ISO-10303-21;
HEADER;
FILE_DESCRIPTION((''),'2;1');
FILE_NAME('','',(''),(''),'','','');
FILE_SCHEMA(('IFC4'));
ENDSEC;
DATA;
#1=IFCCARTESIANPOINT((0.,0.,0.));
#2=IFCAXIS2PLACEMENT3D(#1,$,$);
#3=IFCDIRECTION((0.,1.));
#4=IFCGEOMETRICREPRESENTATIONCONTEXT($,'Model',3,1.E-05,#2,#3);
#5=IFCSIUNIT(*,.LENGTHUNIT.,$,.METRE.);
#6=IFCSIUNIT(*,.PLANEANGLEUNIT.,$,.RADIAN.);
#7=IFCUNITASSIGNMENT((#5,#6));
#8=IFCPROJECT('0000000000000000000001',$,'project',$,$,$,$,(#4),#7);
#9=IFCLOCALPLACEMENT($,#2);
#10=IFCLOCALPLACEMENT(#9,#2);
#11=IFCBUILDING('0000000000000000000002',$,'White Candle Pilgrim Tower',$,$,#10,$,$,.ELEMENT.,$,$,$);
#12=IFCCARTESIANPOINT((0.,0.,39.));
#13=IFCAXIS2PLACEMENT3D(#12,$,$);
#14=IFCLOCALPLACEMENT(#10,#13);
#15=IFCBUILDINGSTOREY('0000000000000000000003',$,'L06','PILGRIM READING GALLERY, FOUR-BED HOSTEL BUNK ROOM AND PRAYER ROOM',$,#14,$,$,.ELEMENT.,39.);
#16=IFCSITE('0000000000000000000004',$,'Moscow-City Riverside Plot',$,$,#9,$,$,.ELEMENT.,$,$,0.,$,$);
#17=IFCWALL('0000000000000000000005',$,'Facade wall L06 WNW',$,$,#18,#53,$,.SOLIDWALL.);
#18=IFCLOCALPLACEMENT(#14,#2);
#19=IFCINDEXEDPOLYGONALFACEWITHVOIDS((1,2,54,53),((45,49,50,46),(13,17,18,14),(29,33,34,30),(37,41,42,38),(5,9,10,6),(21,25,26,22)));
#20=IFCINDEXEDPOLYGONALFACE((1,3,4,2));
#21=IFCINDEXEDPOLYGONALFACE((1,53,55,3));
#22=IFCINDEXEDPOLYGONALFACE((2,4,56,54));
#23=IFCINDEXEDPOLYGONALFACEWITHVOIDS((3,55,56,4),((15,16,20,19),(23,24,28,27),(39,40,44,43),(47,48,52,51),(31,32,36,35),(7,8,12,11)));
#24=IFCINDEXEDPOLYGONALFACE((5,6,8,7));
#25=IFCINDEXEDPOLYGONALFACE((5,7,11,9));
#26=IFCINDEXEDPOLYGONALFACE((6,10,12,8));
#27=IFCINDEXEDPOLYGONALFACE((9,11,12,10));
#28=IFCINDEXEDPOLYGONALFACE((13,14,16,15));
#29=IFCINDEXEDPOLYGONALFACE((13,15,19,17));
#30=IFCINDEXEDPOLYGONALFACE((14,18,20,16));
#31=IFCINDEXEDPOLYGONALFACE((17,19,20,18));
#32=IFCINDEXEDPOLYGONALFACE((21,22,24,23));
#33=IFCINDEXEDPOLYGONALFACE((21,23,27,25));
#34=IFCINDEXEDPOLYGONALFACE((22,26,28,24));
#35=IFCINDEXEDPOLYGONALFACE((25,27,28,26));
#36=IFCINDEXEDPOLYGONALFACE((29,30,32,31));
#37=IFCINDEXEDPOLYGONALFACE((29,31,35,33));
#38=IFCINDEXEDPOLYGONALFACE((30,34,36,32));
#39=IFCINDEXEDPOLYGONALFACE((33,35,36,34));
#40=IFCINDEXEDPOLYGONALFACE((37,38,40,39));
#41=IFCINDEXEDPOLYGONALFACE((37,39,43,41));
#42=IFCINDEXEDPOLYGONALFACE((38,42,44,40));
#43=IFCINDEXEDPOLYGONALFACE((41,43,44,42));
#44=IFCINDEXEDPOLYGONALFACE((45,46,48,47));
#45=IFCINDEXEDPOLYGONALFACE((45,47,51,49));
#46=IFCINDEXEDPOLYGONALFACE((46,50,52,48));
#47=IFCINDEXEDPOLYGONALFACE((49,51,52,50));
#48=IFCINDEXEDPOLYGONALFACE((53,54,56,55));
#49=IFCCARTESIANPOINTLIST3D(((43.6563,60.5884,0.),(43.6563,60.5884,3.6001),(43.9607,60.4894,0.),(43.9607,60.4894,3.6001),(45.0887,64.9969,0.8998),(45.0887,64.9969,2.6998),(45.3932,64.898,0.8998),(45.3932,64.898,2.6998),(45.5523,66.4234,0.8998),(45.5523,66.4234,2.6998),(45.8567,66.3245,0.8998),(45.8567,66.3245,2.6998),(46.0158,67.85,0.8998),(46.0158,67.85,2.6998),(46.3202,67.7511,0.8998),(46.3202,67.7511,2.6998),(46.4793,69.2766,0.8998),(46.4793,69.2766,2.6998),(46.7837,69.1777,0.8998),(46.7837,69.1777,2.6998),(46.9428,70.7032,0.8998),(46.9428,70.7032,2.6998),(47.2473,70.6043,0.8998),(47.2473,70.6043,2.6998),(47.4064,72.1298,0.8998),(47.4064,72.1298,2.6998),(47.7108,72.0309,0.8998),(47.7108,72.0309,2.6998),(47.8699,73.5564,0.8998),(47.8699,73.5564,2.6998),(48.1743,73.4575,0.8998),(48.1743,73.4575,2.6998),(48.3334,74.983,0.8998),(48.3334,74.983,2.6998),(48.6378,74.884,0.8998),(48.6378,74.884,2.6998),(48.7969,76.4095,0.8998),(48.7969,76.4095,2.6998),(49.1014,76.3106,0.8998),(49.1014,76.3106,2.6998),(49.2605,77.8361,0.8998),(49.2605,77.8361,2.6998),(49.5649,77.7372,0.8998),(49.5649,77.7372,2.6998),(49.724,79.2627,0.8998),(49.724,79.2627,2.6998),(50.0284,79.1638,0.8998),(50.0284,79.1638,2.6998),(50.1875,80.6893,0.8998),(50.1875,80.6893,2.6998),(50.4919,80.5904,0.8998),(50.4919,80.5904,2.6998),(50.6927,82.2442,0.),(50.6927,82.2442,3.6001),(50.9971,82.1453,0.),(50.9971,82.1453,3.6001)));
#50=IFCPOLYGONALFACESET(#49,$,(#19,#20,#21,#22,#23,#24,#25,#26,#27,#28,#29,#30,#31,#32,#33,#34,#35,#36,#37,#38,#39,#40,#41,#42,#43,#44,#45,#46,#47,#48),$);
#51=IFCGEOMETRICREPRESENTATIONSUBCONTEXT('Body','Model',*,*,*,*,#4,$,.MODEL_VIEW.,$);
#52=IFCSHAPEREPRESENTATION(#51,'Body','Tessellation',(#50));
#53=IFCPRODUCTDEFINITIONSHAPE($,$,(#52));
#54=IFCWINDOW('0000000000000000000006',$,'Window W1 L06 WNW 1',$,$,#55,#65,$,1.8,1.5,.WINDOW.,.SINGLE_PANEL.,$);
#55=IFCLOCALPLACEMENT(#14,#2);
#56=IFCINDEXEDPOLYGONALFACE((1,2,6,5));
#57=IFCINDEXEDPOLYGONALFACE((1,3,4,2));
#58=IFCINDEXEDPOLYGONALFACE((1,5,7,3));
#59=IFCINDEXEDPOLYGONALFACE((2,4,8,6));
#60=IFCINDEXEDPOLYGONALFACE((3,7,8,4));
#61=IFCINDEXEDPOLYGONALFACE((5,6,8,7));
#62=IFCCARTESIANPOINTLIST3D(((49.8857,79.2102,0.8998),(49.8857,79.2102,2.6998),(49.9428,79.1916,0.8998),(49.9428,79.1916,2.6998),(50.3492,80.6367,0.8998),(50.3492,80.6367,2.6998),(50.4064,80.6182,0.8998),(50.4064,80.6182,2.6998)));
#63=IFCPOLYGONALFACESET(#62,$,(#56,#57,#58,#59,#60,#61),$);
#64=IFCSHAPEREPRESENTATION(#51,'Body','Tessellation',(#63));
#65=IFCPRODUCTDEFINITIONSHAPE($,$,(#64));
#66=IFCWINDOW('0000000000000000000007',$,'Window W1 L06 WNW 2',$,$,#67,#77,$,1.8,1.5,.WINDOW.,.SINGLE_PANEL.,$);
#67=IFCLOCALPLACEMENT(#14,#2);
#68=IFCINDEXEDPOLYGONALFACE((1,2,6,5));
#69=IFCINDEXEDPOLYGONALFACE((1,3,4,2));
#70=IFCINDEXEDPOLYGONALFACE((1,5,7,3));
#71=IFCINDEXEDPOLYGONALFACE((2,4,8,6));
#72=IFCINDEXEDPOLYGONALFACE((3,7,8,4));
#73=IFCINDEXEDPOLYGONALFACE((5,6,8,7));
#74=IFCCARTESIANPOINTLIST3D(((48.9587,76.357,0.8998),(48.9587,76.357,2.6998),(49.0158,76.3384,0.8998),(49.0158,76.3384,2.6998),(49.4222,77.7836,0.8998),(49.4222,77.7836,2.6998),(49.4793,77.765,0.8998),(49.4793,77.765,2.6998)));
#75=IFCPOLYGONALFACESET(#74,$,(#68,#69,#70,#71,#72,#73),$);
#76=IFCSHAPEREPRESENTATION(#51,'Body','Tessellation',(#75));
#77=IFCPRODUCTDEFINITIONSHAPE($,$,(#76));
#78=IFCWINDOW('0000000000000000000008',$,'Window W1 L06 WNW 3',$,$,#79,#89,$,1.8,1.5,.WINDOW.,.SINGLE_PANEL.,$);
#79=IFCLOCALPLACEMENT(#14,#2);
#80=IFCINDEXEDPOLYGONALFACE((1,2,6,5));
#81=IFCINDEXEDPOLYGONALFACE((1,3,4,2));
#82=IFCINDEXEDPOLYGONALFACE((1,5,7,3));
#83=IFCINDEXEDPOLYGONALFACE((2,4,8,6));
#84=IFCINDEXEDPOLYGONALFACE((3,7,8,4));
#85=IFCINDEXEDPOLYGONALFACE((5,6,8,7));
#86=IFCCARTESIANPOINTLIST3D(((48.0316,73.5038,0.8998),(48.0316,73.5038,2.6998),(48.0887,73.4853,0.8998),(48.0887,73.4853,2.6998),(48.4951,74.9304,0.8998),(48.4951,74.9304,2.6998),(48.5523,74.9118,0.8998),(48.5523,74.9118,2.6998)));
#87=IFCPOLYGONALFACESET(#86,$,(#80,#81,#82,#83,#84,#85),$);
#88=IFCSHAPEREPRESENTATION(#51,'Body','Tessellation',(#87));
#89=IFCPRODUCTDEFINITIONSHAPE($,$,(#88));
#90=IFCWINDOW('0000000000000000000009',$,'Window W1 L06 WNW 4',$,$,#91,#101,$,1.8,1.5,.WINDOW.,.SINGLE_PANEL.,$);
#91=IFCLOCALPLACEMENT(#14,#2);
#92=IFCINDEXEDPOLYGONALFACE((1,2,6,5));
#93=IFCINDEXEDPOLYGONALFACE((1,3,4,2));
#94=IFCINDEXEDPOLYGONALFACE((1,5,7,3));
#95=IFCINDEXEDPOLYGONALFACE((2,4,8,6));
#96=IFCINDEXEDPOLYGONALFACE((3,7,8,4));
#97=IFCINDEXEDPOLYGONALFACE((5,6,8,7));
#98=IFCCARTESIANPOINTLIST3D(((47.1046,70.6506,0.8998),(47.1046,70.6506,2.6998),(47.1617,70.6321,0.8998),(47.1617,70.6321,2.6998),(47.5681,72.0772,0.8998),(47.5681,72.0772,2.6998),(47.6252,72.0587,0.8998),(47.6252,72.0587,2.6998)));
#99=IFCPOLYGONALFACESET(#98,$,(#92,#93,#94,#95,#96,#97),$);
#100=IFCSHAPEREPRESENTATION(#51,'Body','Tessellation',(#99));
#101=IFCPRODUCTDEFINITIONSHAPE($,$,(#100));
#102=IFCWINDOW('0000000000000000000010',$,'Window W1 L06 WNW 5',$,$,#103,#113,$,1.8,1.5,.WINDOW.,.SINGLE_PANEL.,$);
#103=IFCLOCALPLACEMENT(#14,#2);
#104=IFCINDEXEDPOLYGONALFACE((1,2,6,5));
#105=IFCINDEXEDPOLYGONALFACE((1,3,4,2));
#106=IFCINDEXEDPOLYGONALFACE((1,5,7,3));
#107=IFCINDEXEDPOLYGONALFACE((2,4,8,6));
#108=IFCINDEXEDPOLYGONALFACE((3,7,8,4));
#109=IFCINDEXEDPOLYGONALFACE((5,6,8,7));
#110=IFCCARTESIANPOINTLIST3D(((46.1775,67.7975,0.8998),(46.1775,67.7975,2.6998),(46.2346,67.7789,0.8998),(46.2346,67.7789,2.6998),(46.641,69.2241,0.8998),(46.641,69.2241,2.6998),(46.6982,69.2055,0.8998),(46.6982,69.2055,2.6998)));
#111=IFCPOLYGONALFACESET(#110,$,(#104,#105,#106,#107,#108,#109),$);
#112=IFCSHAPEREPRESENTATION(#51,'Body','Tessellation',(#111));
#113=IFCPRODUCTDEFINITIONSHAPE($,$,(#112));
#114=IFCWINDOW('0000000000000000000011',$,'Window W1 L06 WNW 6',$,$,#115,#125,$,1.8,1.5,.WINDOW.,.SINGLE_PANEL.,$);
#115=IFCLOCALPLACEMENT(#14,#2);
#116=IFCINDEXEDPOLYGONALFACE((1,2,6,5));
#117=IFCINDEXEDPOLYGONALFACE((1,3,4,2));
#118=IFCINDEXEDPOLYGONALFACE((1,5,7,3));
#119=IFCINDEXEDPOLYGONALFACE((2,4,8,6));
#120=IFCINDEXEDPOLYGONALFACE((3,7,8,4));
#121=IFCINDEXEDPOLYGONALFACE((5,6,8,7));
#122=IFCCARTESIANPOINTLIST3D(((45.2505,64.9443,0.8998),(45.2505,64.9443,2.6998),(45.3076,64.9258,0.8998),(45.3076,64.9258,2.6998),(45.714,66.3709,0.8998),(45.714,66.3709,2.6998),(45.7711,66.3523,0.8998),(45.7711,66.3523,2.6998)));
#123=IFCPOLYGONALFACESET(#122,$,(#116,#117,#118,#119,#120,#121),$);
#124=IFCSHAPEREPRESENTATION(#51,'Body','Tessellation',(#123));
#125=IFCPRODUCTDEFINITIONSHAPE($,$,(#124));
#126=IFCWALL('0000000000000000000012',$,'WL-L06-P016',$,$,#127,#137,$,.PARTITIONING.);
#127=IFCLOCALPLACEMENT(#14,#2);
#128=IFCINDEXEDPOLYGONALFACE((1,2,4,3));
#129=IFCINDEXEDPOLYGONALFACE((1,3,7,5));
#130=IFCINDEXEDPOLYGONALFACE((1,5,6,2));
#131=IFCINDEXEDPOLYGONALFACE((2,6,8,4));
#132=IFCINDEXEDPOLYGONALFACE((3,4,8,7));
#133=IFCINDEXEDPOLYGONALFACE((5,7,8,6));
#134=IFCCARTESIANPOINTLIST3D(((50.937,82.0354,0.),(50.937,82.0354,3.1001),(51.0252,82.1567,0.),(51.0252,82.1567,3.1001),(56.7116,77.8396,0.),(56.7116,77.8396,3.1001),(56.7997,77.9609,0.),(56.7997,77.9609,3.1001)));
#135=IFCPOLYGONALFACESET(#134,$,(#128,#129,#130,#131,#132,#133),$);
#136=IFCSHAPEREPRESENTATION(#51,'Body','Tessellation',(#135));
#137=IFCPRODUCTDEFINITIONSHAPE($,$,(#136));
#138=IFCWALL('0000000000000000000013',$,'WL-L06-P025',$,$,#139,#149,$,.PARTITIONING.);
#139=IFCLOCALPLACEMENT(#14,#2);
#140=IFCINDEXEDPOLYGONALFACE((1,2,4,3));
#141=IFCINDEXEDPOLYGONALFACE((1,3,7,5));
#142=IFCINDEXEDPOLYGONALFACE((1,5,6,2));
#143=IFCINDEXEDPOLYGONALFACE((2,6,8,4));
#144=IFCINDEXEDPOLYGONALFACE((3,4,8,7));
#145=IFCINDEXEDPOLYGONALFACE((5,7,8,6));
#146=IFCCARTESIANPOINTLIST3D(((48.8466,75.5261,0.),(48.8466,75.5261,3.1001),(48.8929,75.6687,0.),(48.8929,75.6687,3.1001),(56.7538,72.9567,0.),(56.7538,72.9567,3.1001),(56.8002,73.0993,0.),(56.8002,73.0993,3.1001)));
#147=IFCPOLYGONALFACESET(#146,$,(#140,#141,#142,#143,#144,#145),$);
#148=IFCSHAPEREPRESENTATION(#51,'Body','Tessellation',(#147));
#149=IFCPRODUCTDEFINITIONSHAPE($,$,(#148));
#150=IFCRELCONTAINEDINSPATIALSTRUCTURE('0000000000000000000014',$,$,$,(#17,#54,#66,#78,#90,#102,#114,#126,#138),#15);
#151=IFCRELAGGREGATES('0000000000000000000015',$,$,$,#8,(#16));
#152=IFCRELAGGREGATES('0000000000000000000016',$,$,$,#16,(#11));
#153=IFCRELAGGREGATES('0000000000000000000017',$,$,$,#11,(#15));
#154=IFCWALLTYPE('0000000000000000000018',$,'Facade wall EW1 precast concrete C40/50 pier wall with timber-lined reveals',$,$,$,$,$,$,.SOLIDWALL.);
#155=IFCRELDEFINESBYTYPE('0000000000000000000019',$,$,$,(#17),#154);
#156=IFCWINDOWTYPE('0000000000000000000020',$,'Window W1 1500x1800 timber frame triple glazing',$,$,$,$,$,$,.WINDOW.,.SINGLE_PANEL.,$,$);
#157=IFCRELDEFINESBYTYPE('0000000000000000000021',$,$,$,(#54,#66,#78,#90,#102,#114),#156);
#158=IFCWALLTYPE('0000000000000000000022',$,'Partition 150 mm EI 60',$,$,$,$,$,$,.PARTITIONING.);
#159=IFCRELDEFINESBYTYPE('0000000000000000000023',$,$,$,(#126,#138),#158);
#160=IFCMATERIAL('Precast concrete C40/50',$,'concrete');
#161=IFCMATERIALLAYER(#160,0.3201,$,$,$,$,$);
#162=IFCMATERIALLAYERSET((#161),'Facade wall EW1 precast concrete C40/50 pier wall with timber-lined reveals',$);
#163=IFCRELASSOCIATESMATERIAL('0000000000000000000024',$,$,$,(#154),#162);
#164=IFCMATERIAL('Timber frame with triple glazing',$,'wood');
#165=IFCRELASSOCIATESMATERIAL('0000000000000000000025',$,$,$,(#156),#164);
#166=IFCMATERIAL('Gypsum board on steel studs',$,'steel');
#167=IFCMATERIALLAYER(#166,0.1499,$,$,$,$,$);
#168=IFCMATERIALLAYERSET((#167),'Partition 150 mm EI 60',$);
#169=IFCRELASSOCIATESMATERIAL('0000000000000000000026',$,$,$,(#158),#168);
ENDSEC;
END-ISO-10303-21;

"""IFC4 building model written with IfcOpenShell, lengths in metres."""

from ifc_helpers import new_model, si_unit, direction, frame, frame_2d, origin, place, context, subcontext, project, spatial, rectangle, extrude, material, layer, layer_set, type_object, element, fill, save


model = new_model("IFC4")

# Units and contexts
model_context = context("Model", 3, precision=1e-05, world=origin(), true_north=direction((0.0, 1.0)))
body_context = subcontext(model_context, "Body", "Model", "MODEL_VIEW")
ifc_project = project(units=[si_unit("LENGTHUNIT", "METRE"), si_unit("PLANEANGLEUNIT", "RADIAN")], contexts=[model_context])

# Site, building, storey
site_placement = place(None, origin())
site = spatial("IfcSite", under=ifc_project, at=site_placement, Name="Moscow-City Riverside Plot", CompositionType="ELEMENT", RefElevation=0.0)
building_placement = place(site_placement, origin())
building = spatial("IfcBuilding", under=site, at=building_placement, Name="White Candle Pilgrim Tower", CompositionType="ELEMENT")
storey_placement = place(building_placement, frame((0.0, 0.0, 39.0)))
storey = spatial("IfcBuildingStorey", under=building, at=storey_placement, Name="L06", Description="PILGRIM READING GALLERY, FOUR-BED HOSTEL BUNK ROOM AND PRAYER ROOM", CompositionType="ELEMENT", Elevation=39.0)

# Wall, openings, windows
ifc_material_1 = material(Name="Precast concrete C40/50", Category="concrete")
ifc_layer_1 = layer(ifc_material_1, 0.3201)
ifc_layer_set_1 = layer_set([ifc_layer_1], Name="Facade wall EW1 precast concrete C40/50 pier wall with timber-lined reveals")
wall_type_1 = type_object("IfcWallType", Name="Facade wall EW1 precast concrete C40/50 pier wall with timber-lined reveals", PredefinedType="SOLIDWALL", material=ifc_layer_set_1)
wall_1_placement = place(storey_placement, frame((50.845, 82.1948, 0.0), z_axis=(0.0, 0.0, 1.0), x_axis=(-0.309017, -0.951057, 0.0)))
wall_1 = element("IfcWall", 1, at=wall_1_placement, inside=storey, type_object=wall_type_1, Name="Facade wall L06 WNW", PredefinedType="SOLIDWALL", context=body_context, shape_type="SweptSolid", body=[
    extrude(rectangle(XDim=22.7703, YDim=0.3201, at=frame_2d((11.3853, 0.0))), origin(), (0.0, 0.0, 1.0), 3.6001),
])
opening_1_placement = place(wall_1_placement, frame((1.635, 0.0, 0.8999)))
opening_1 = element("IfcOpeningElement", 2, at=opening_1_placement, cuts=wall_1, PredefinedType="OPENING", context=body_context, shape_type="SweptSolid", body=[
    extrude(rectangle(XDim=1.5, YDim=1.8, at=frame_2d((0.75, 0.8999))), frame((0.0, 0.1699, 0.0), z_axis=(0.0, -1.0, 0.0), x_axis=(1.0, 0.0, 0.0)), (0.0, 0.0, 1.0), 0.3401),
])
opening_2_placement = place(wall_1_placement, frame((4.635, 0.0, 0.8999)))
opening_2 = element("IfcOpeningElement", 3, at=opening_2_placement, cuts=wall_1, PredefinedType="OPENING", context=body_context, shape_type="SweptSolid", body=[
    extrude(rectangle(XDim=1.5, YDim=1.8, at=frame_2d((0.75, 0.8999))), frame((0.0, 0.1699, 0.0), z_axis=(0.0, -1.0, 0.0), x_axis=(1.0, 0.0, 0.0)), (0.0, 0.0, 1.0), 0.3401),
])
opening_3_placement = place(wall_1_placement, frame((7.635, 0.0, 0.8999)))
opening_3 = element("IfcOpeningElement", 4, at=opening_3_placement, cuts=wall_1, PredefinedType="OPENING", context=body_context, shape_type="SweptSolid", body=[
    extrude(rectangle(XDim=1.5, YDim=1.8, at=frame_2d((0.75, 0.8999))), frame((0.0, 0.1699, 0.0), z_axis=(0.0, -1.0, 0.0), x_axis=(1.0, 0.0, 0.0)), (0.0, 0.0, 1.0), 0.3401),
])
opening_4_placement = place(wall_1_placement, frame((10.635, 0.0, 0.8999)))
opening_4 = element("IfcOpeningElement", 5, at=opening_4_placement, cuts=wall_1, PredefinedType="OPENING", context=body_context, shape_type="SweptSolid", body=[
    extrude(rectangle(XDim=1.5, YDim=1.8, at=frame_2d((0.75, 0.8999))), frame((0.0, 0.1699, 0.0), z_axis=(0.0, -1.0, 0.0), x_axis=(1.0, 0.0, 0.0)), (0.0, 0.0, 1.0), 0.3401),
])
opening_5_placement = place(wall_1_placement, frame((13.635, 0.0, 0.8999)))
opening_5 = element("IfcOpeningElement", 6, at=opening_5_placement, cuts=wall_1, PredefinedType="OPENING", context=body_context, shape_type="SweptSolid", body=[
    extrude(rectangle(XDim=1.5, YDim=1.8, at=frame_2d((0.75, 0.8999))), frame((0.0, 0.1699, 0.0), z_axis=(0.0, -1.0, 0.0), x_axis=(1.0, 0.0, 0.0)), (0.0, 0.0, 1.0), 0.3401),
])
opening_6_placement = place(wall_1_placement, frame((16.635, 0.0, 0.8999)))
opening_6 = element("IfcOpeningElement", 7, at=opening_6_placement, cuts=wall_1, PredefinedType="OPENING", context=body_context, shape_type="SweptSolid", body=[
    extrude(rectangle(XDim=1.5, YDim=1.8, at=frame_2d((0.75, 0.8999))), frame((0.0, 0.1699, 0.0), z_axis=(0.0, -1.0, 0.0), x_axis=(1.0, 0.0, 0.0)), (0.0, 0.0, 1.0), 0.3401),
])
ifc_material_2 = material(Name="Timber frame with triple glazing", Category="wood")
window_type = type_object("IfcWindowType", Name="Window W1 1500x1800 timber frame triple glazing", PartitioningType="SINGLE_PANEL", PredefinedType="WINDOW", material=ifc_material_2)
window_1_placement = place(opening_1_placement, origin())
window_1 = element("IfcWindow", 8, at=window_1_placement, inside=storey, type_object=window_type, Name="Window W1 L06 WNW 1", OverallHeight=1.8, OverallWidth=1.5, PartitioningType="SINGLE_PANEL", PredefinedType="WINDOW", context=body_context, shape_type="SweptSolid", body=[
    extrude(rectangle(XDim=1.5, YDim=1.8, at=frame_2d((0.75, 0.8999))), frame((0.0, 0.0701, 0.0), z_axis=(0.0, -1.0, 0.0), x_axis=(1.0, 0.0, 0.0)), (0.0, 0.0, 1.0), 0.0601),
])
fill(opening_1, window_1)
window_2_placement = place(opening_2_placement, origin())
window_2 = element("IfcWindow", 9, at=window_2_placement, inside=storey, type_object=window_type, Name="Window W1 L06 WNW 2", OverallHeight=1.8, OverallWidth=1.5, PartitioningType="SINGLE_PANEL", PredefinedType="WINDOW", context=body_context, shape_type="SweptSolid", body=[
    extrude(rectangle(XDim=1.5, YDim=1.8, at=frame_2d((0.75, 0.8999))), frame((0.0, 0.0701, 0.0), z_axis=(0.0, -1.0, 0.0), x_axis=(1.0, 0.0, 0.0)), (0.0, 0.0, 1.0), 0.0601),
])
fill(opening_2, window_2)
window_3_placement = place(opening_3_placement, origin())
window_3 = element("IfcWindow", 10, at=window_3_placement, inside=storey, type_object=window_type, Name="Window W1 L06 WNW 3", OverallHeight=1.8, OverallWidth=1.5, PartitioningType="SINGLE_PANEL", PredefinedType="WINDOW", context=body_context, shape_type="SweptSolid", body=[
    extrude(rectangle(XDim=1.5, YDim=1.8, at=frame_2d((0.75, 0.8999))), frame((0.0, 0.0701, 0.0), z_axis=(0.0, -1.0, 0.0), x_axis=(1.0, 0.0, 0.0)), (0.0, 0.0, 1.0), 0.0601),
])
fill(opening_3, window_3)
window_4_placement = place(opening_4_placement, origin())
window_4 = element("IfcWindow", 11, at=window_4_placement, inside=storey, type_object=window_type, Name="Window W1 L06 WNW 4", OverallHeight=1.8, OverallWidth=1.5, PartitioningType="SINGLE_PANEL", PredefinedType="WINDOW", context=body_context, shape_type="SweptSolid", body=[
    extrude(rectangle(XDim=1.5, YDim=1.8, at=frame_2d((0.75, 0.8999))), frame((0.0, 0.0701, 0.0), z_axis=(0.0, -1.0, 0.0), x_axis=(1.0, 0.0, 0.0)), (0.0, 0.0, 1.0), 0.0601),
])
fill(opening_4, window_4)
window_5_placement = place(opening_5_placement, origin())
window_5 = element("IfcWindow", 12, at=window_5_placement, inside=storey, type_object=window_type, Name="Window W1 L06 WNW 5", OverallHeight=1.8, OverallWidth=1.5, PartitioningType="SINGLE_PANEL", PredefinedType="WINDOW", context=body_context, shape_type="SweptSolid", body=[
    extrude(rectangle(XDim=1.5, YDim=1.8, at=frame_2d((0.75, 0.8999))), frame((0.0, 0.0701, 0.0), z_axis=(0.0, -1.0, 0.0), x_axis=(1.0, 0.0, 0.0)), (0.0, 0.0, 1.0), 0.0601),
])
fill(opening_5, window_5)
window_6_placement = place(opening_6_placement, origin())
window_6 = element("IfcWindow", 13, at=window_6_placement, inside=storey, type_object=window_type, Name="Window W1 L06 WNW 6", OverallHeight=1.8, OverallWidth=1.5, PartitioningType="SINGLE_PANEL", PredefinedType="WINDOW", context=body_context, shape_type="SweptSolid", body=[
    extrude(rectangle(XDim=1.5, YDim=1.8, at=frame_2d((0.75, 0.8999))), frame((0.0, 0.0701, 0.0), z_axis=(0.0, -1.0, 0.0), x_axis=(1.0, 0.0, 0.0)), (0.0, 0.0, 1.0), 0.0601),
])
fill(opening_6, window_6)

# Walls
ifc_material_3 = material(Name="Gypsum board on steel studs", Category="steel")
ifc_layer_2 = layer(ifc_material_3, 0.1499)
ifc_layer_set_2 = layer_set([ifc_layer_2], Name="Partition 150 mm EI 60")
wall_type_2 = type_object("IfcWallType", Name="Partition 150 mm EI 60", PredefinedType="PARTITIONING", material=ifc_layer_set_2)
wall_2_placement = place(storey_placement, frame((50.9812, 82.0959, 0.0), z_axis=(0.0, 0.0, 1.0), x_axis=(0.808999, -0.58781, 0.0)))
element("IfcWall", 14, at=wall_2_placement, inside=storey, type_object=wall_type_2, Name="WL-L06-P016", PredefinedType="PARTITIONING", context=body_context, shape_type="SweptSolid", body=[
    extrude(rectangle(XDim=7.1379, YDim=0.1499, at=frame_2d((3.5688, 0.0))), origin(), (0.0, 0.0, 1.0), 3.1001),
])
wall_3_placement = place(storey_placement, frame((48.8696, 75.5974, 0.0), z_axis=(0.0, 0.0, 1.0), x_axis=(0.951052, -0.30903, 0.0)))
element("IfcWall", 15, at=wall_3_placement, inside=storey, type_object=wall_type_2, Name="WL-L06-P025", PredefinedType="PARTITIONING", context=body_context, shape_type="SweptSolid", body=[
    extrude(rectangle(XDim=8.3142, YDim=0.1499, at=frame_2d((4.1572, 0.0))), origin(), (0.0, 0.0, 1.0), 3.1001),
])

save(model, "model.ifc")
